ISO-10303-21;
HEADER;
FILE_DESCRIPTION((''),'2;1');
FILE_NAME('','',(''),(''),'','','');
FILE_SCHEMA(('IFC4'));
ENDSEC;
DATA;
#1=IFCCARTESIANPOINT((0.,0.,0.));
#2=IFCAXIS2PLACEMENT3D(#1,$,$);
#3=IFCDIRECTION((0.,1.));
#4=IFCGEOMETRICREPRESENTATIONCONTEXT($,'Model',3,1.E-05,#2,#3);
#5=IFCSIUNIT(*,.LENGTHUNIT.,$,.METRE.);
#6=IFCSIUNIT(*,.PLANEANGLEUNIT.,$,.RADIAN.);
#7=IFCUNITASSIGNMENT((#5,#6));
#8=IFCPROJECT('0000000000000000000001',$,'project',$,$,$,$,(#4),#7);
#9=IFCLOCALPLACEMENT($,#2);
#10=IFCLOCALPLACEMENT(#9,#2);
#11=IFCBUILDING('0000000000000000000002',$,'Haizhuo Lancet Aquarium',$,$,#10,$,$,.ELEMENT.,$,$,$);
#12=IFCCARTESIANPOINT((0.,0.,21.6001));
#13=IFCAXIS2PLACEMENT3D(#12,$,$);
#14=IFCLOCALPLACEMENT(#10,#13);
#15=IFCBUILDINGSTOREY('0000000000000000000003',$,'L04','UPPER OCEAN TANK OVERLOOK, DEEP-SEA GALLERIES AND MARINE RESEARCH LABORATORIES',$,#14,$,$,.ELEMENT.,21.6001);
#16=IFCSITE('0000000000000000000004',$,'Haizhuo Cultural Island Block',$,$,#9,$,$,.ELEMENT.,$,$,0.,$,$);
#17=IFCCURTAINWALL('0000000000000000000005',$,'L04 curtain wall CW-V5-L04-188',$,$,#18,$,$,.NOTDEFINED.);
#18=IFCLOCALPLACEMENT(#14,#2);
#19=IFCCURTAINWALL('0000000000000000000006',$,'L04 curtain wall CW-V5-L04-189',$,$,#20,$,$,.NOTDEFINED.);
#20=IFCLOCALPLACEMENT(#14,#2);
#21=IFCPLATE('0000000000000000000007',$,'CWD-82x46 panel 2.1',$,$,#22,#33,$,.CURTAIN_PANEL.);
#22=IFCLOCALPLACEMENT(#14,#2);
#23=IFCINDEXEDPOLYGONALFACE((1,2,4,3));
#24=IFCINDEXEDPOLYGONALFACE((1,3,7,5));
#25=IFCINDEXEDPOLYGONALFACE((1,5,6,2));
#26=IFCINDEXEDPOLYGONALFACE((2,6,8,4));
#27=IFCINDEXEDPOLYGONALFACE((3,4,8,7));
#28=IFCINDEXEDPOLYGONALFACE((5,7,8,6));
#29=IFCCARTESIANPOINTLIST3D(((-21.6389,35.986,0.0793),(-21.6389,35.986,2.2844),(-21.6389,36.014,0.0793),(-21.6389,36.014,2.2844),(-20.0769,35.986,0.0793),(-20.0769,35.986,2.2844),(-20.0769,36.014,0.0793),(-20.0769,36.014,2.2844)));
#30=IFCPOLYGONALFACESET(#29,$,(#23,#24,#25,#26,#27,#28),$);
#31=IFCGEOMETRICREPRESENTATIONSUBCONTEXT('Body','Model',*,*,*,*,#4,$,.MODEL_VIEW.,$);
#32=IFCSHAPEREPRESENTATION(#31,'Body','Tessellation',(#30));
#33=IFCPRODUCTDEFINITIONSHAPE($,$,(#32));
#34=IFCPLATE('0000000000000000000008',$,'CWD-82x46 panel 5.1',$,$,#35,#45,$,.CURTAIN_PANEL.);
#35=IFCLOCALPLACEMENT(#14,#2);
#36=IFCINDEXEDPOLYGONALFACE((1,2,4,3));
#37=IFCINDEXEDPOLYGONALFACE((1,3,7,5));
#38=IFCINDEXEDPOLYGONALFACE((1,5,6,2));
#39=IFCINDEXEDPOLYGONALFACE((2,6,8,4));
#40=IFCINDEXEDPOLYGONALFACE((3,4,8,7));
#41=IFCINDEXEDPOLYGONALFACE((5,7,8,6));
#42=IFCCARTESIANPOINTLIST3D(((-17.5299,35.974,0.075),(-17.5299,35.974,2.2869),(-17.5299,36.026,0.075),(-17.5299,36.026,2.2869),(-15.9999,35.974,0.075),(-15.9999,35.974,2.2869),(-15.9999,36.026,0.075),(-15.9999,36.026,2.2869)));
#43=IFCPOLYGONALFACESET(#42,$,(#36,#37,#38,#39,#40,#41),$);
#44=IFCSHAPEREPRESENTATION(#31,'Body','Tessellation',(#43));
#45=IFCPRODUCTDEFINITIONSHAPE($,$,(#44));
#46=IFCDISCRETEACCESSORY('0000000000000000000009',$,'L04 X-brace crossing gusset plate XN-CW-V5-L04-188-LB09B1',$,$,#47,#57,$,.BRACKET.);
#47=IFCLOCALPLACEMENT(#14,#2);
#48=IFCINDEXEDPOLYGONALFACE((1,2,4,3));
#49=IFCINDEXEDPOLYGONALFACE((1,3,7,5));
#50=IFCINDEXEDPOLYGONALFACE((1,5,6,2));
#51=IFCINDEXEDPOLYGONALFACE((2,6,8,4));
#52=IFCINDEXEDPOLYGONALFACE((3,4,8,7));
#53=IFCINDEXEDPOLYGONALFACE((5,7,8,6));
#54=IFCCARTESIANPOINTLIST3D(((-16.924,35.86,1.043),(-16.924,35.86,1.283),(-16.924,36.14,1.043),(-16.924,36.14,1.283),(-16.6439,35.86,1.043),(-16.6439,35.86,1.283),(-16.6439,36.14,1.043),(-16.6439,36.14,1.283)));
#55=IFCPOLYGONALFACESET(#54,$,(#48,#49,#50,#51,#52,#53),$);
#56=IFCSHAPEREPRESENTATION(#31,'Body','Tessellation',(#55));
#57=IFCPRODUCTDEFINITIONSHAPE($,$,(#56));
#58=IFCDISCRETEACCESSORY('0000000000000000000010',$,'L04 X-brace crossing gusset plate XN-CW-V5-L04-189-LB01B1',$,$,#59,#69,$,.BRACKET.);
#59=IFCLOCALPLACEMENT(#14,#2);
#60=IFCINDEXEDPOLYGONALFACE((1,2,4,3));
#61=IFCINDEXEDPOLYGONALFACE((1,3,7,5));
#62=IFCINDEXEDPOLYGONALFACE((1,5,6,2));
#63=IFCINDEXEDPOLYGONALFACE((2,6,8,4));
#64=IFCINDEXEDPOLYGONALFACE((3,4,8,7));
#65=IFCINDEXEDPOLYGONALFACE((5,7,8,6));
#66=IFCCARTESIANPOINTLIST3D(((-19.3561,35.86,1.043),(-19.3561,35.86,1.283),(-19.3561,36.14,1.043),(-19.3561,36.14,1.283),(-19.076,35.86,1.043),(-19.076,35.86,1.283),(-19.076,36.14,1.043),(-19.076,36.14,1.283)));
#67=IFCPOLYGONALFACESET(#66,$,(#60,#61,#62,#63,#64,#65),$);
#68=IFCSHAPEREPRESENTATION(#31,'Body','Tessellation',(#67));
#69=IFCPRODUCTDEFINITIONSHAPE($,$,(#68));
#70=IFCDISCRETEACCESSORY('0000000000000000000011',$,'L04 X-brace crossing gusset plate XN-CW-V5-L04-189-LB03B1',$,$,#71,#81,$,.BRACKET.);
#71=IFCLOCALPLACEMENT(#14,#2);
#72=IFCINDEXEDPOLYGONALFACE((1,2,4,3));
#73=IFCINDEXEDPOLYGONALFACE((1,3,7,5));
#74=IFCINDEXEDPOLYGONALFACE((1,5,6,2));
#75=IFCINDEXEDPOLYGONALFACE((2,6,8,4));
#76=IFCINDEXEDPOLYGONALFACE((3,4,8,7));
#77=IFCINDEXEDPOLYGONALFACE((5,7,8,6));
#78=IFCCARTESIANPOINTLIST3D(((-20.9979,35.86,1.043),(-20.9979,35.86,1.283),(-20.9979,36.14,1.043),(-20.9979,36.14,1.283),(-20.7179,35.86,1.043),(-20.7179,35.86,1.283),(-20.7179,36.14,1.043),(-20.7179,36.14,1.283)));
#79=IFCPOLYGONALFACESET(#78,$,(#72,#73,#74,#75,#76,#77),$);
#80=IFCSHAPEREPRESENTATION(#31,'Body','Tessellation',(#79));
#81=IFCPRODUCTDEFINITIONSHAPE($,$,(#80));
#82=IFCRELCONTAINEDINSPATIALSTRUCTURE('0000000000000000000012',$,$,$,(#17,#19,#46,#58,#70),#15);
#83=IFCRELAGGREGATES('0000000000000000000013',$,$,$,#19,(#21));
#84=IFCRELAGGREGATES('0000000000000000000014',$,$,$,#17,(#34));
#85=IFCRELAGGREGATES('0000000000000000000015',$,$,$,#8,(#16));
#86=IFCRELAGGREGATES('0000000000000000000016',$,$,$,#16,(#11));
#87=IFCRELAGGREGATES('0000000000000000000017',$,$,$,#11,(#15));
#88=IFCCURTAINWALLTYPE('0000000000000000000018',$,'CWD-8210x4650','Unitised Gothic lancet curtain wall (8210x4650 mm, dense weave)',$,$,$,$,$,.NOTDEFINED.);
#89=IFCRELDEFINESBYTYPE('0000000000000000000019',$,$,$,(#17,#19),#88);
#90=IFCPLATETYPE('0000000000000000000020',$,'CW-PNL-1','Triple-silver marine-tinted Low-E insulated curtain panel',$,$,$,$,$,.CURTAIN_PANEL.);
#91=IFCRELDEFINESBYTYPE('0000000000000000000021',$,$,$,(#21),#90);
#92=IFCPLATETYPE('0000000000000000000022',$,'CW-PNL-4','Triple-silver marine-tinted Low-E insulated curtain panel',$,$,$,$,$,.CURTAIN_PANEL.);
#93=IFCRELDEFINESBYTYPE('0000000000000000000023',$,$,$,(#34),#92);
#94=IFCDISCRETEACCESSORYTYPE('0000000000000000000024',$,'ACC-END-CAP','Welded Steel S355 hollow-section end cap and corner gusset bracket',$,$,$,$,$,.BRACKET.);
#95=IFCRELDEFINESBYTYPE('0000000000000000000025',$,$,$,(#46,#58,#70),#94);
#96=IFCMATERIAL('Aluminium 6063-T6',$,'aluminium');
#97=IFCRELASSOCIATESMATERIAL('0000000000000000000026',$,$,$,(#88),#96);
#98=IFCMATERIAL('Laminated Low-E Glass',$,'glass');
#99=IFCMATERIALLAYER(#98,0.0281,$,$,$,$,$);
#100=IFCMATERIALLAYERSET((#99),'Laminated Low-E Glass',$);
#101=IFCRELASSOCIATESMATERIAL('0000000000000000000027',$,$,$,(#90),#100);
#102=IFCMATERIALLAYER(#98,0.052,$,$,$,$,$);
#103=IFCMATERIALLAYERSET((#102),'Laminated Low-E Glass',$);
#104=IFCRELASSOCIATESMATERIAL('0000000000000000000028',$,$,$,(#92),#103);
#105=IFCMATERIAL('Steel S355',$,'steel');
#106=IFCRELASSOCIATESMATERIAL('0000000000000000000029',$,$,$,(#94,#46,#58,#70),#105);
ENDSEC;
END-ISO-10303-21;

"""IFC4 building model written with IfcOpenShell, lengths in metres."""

from ifc_helpers import new_model, si_unit, direction, frame, origin, origin_2d, place, context, subcontext, project, spatial, rectangle, extrude, material, layer, layer_set, type_object, element, aggregate, save


model = new_model("IFC4")

# Units and contexts
model_context = context("Model", 3, precision=1e-05, world=origin(), true_north=direction((0.0, 1.0)))
body_context = subcontext(model_context, "Body", "Model", "MODEL_VIEW")
ifc_project = project(units=[si_unit("LENGTHUNIT", "METRE"), si_unit("PLANEANGLEUNIT", "RADIAN")], contexts=[model_context])

# Site, building, storey
site_placement = place(None, origin())
site = spatial("IfcSite", under=ifc_project, at=site_placement, Name="Haizhuo Cultural Island Block", CompositionType="ELEMENT", RefElevation=0.0)
building_placement = place(site_placement, origin())
building = spatial("IfcBuilding", under=site, at=building_placement, Name="Haizhuo Lancet Aquarium", CompositionType="ELEMENT")
storey_placement = place(building_placement, frame((0.0, 0.0, 21.6001)))
storey = spatial("IfcBuildingStorey", under=building, at=storey_placement, Name="L04", Description="UPPER OCEAN TANK OVERLOOK, DEEP-SEA GALLERIES AND MARINE RESEARCH LABORATORIES", CompositionType="ELEMENT", Elevation=21.6001)

# Curtain walls
ifc_material_1 = material(Name="Aluminium 6063-T6", Category="aluminium")
curtain_wall_type = type_object("IfcCurtainWallType", Name="CWD-8210x4650", Description="Unitised Gothic lancet curtain wall (8210x4650 mm, dense weave)", PredefinedType="NOTDEFINED", material=ifc_material_1)
curtain_wall_1_placement = place(storey_placement, origin())
curtain_wall_1 = element("IfcCurtainWall", 1, at=curtain_wall_1_placement, inside=storey, type_object=curtain_wall_type, Name="L04 curtain wall CW-V5-L04-188", PredefinedType="NOTDEFINED")
curtain_wall_2_placement = place(storey_placement, origin())
curtain_wall_2 = element("IfcCurtainWall", 2, at=curtain_wall_2_placement, inside=storey, type_object=curtain_wall_type, Name="L04 curtain wall CW-V5-L04-189", PredefinedType="NOTDEFINED")

# Shared definitions
ifc_material_2 = material(Name="Steel S355", Category="steel")

# Plates
ifc_material_3 = material(Name="Laminated Low-E Glass", Category="glass")
ifc_layer_1 = layer(ifc_material_3, 0.0281)
ifc_layer_set_1 = layer_set([ifc_layer_1], Name="Laminated Low-E Glass")
plate_type_1 = type_object("IfcPlateType", Name="CW-PNL-1", Description="Triple-silver marine-tinted Low-E insulated curtain panel", PredefinedType="CURTAIN_PANEL", material=ifc_layer_set_1)
plate_1_placement = place(storey_placement, frame((-20.8579, 36.0, 0.0793), z_axis=(0.0, 0.0, 1.0), x_axis=(-1.0, 0.0, 0.0)))
plate_1 = element("IfcPlate", 3, at=plate_1_placement, type_object=plate_type_1, Name="CWD-82x46 panel 2.1", PredefinedType="CURTAIN_PANEL", context=body_context, shape_type="SweptSolid", body=[
    extrude(rectangle(XDim=1.562, YDim=0.0281, at=origin_2d()), origin(), (0.0, 0.0, 1.0), 2.2051),
])
aggregate(curtain_wall_2, [plate_1])
ifc_layer_2 = layer(ifc_material_3, 0.052)
ifc_layer_set_2 = layer_set([ifc_layer_2], Name="Laminated Low-E Glass")
plate_type_2 = type_object("IfcPlateType", Name="CW-PNL-4", Description="Triple-silver marine-tinted Low-E insulated curtain panel", PredefinedType="CURTAIN_PANEL", material=ifc_layer_set_2)
plate_2_placement = place(storey_placement, frame((-16.7649, 36.0, 0.075), z_axis=(0.0, 0.0, 1.0), x_axis=(-1.0, 0.0, 0.0)))
plate_2 = element("IfcPlate", 4, at=plate_2_placement, type_object=plate_type_2, Name="CWD-82x46 panel 5.1", PredefinedType="CURTAIN_PANEL", context=body_context, shape_type="SweptSolid", body=[
    extrude(rectangle(XDim=1.53, YDim=0.052, at=origin_2d()), origin(), (0.0, 0.0, 1.0), 2.2119),
])
aggregate(curtain_wall_1, [plate_2])

# Discrete accessories
discrete_accessory_type = type_object("IfcDiscreteAccessoryType", Name="ACC-END-CAP", Description="Welded Steel S355 hollow-section end cap and corner gusset bracket", PredefinedType="BRACKET", material=ifc_material_2)
for number, where, z_axis, x_axis, name in (
    (5, (-16.7839, 36.0, 1.043), (0.0, 0.0, 1.0), (1.0, 0.0, 0.0), "L04 X-brace crossing gusset plate XN-CW-V5-L04-188-LB09B1"),
    (6, (-19.2161, 36.0, 1.043), (0.0, 0.0, 1.0), (1.0, 0.0, 0.0), "L04 X-brace crossing gusset plate XN-CW-V5-L04-189-LB01B1"),
    (7, (-20.8579, 36.0, 1.043), (0.0, 0.0, 1.0), (1.0, 0.0, 0.0), "L04 X-brace crossing gusset plate XN-CW-V5-L04-189-LB03B1"),
):
    element("IfcDiscreteAccessory", number, at=place(storey_placement, frame(where, z_axis=z_axis, x_axis=x_axis)), inside=storey, type_object=discrete_accessory_type, material=ifc_material_2, Name=name, PredefinedType="BRACKET", context=body_context, shape_type="SweptSolid", body=[
        extrude(rectangle(XDim=0.28, YDim=0.28, at=origin_2d()), origin(), (0.0, 0.0, 1.0), 0.24),
    ])

save(model, "model.ifc")
